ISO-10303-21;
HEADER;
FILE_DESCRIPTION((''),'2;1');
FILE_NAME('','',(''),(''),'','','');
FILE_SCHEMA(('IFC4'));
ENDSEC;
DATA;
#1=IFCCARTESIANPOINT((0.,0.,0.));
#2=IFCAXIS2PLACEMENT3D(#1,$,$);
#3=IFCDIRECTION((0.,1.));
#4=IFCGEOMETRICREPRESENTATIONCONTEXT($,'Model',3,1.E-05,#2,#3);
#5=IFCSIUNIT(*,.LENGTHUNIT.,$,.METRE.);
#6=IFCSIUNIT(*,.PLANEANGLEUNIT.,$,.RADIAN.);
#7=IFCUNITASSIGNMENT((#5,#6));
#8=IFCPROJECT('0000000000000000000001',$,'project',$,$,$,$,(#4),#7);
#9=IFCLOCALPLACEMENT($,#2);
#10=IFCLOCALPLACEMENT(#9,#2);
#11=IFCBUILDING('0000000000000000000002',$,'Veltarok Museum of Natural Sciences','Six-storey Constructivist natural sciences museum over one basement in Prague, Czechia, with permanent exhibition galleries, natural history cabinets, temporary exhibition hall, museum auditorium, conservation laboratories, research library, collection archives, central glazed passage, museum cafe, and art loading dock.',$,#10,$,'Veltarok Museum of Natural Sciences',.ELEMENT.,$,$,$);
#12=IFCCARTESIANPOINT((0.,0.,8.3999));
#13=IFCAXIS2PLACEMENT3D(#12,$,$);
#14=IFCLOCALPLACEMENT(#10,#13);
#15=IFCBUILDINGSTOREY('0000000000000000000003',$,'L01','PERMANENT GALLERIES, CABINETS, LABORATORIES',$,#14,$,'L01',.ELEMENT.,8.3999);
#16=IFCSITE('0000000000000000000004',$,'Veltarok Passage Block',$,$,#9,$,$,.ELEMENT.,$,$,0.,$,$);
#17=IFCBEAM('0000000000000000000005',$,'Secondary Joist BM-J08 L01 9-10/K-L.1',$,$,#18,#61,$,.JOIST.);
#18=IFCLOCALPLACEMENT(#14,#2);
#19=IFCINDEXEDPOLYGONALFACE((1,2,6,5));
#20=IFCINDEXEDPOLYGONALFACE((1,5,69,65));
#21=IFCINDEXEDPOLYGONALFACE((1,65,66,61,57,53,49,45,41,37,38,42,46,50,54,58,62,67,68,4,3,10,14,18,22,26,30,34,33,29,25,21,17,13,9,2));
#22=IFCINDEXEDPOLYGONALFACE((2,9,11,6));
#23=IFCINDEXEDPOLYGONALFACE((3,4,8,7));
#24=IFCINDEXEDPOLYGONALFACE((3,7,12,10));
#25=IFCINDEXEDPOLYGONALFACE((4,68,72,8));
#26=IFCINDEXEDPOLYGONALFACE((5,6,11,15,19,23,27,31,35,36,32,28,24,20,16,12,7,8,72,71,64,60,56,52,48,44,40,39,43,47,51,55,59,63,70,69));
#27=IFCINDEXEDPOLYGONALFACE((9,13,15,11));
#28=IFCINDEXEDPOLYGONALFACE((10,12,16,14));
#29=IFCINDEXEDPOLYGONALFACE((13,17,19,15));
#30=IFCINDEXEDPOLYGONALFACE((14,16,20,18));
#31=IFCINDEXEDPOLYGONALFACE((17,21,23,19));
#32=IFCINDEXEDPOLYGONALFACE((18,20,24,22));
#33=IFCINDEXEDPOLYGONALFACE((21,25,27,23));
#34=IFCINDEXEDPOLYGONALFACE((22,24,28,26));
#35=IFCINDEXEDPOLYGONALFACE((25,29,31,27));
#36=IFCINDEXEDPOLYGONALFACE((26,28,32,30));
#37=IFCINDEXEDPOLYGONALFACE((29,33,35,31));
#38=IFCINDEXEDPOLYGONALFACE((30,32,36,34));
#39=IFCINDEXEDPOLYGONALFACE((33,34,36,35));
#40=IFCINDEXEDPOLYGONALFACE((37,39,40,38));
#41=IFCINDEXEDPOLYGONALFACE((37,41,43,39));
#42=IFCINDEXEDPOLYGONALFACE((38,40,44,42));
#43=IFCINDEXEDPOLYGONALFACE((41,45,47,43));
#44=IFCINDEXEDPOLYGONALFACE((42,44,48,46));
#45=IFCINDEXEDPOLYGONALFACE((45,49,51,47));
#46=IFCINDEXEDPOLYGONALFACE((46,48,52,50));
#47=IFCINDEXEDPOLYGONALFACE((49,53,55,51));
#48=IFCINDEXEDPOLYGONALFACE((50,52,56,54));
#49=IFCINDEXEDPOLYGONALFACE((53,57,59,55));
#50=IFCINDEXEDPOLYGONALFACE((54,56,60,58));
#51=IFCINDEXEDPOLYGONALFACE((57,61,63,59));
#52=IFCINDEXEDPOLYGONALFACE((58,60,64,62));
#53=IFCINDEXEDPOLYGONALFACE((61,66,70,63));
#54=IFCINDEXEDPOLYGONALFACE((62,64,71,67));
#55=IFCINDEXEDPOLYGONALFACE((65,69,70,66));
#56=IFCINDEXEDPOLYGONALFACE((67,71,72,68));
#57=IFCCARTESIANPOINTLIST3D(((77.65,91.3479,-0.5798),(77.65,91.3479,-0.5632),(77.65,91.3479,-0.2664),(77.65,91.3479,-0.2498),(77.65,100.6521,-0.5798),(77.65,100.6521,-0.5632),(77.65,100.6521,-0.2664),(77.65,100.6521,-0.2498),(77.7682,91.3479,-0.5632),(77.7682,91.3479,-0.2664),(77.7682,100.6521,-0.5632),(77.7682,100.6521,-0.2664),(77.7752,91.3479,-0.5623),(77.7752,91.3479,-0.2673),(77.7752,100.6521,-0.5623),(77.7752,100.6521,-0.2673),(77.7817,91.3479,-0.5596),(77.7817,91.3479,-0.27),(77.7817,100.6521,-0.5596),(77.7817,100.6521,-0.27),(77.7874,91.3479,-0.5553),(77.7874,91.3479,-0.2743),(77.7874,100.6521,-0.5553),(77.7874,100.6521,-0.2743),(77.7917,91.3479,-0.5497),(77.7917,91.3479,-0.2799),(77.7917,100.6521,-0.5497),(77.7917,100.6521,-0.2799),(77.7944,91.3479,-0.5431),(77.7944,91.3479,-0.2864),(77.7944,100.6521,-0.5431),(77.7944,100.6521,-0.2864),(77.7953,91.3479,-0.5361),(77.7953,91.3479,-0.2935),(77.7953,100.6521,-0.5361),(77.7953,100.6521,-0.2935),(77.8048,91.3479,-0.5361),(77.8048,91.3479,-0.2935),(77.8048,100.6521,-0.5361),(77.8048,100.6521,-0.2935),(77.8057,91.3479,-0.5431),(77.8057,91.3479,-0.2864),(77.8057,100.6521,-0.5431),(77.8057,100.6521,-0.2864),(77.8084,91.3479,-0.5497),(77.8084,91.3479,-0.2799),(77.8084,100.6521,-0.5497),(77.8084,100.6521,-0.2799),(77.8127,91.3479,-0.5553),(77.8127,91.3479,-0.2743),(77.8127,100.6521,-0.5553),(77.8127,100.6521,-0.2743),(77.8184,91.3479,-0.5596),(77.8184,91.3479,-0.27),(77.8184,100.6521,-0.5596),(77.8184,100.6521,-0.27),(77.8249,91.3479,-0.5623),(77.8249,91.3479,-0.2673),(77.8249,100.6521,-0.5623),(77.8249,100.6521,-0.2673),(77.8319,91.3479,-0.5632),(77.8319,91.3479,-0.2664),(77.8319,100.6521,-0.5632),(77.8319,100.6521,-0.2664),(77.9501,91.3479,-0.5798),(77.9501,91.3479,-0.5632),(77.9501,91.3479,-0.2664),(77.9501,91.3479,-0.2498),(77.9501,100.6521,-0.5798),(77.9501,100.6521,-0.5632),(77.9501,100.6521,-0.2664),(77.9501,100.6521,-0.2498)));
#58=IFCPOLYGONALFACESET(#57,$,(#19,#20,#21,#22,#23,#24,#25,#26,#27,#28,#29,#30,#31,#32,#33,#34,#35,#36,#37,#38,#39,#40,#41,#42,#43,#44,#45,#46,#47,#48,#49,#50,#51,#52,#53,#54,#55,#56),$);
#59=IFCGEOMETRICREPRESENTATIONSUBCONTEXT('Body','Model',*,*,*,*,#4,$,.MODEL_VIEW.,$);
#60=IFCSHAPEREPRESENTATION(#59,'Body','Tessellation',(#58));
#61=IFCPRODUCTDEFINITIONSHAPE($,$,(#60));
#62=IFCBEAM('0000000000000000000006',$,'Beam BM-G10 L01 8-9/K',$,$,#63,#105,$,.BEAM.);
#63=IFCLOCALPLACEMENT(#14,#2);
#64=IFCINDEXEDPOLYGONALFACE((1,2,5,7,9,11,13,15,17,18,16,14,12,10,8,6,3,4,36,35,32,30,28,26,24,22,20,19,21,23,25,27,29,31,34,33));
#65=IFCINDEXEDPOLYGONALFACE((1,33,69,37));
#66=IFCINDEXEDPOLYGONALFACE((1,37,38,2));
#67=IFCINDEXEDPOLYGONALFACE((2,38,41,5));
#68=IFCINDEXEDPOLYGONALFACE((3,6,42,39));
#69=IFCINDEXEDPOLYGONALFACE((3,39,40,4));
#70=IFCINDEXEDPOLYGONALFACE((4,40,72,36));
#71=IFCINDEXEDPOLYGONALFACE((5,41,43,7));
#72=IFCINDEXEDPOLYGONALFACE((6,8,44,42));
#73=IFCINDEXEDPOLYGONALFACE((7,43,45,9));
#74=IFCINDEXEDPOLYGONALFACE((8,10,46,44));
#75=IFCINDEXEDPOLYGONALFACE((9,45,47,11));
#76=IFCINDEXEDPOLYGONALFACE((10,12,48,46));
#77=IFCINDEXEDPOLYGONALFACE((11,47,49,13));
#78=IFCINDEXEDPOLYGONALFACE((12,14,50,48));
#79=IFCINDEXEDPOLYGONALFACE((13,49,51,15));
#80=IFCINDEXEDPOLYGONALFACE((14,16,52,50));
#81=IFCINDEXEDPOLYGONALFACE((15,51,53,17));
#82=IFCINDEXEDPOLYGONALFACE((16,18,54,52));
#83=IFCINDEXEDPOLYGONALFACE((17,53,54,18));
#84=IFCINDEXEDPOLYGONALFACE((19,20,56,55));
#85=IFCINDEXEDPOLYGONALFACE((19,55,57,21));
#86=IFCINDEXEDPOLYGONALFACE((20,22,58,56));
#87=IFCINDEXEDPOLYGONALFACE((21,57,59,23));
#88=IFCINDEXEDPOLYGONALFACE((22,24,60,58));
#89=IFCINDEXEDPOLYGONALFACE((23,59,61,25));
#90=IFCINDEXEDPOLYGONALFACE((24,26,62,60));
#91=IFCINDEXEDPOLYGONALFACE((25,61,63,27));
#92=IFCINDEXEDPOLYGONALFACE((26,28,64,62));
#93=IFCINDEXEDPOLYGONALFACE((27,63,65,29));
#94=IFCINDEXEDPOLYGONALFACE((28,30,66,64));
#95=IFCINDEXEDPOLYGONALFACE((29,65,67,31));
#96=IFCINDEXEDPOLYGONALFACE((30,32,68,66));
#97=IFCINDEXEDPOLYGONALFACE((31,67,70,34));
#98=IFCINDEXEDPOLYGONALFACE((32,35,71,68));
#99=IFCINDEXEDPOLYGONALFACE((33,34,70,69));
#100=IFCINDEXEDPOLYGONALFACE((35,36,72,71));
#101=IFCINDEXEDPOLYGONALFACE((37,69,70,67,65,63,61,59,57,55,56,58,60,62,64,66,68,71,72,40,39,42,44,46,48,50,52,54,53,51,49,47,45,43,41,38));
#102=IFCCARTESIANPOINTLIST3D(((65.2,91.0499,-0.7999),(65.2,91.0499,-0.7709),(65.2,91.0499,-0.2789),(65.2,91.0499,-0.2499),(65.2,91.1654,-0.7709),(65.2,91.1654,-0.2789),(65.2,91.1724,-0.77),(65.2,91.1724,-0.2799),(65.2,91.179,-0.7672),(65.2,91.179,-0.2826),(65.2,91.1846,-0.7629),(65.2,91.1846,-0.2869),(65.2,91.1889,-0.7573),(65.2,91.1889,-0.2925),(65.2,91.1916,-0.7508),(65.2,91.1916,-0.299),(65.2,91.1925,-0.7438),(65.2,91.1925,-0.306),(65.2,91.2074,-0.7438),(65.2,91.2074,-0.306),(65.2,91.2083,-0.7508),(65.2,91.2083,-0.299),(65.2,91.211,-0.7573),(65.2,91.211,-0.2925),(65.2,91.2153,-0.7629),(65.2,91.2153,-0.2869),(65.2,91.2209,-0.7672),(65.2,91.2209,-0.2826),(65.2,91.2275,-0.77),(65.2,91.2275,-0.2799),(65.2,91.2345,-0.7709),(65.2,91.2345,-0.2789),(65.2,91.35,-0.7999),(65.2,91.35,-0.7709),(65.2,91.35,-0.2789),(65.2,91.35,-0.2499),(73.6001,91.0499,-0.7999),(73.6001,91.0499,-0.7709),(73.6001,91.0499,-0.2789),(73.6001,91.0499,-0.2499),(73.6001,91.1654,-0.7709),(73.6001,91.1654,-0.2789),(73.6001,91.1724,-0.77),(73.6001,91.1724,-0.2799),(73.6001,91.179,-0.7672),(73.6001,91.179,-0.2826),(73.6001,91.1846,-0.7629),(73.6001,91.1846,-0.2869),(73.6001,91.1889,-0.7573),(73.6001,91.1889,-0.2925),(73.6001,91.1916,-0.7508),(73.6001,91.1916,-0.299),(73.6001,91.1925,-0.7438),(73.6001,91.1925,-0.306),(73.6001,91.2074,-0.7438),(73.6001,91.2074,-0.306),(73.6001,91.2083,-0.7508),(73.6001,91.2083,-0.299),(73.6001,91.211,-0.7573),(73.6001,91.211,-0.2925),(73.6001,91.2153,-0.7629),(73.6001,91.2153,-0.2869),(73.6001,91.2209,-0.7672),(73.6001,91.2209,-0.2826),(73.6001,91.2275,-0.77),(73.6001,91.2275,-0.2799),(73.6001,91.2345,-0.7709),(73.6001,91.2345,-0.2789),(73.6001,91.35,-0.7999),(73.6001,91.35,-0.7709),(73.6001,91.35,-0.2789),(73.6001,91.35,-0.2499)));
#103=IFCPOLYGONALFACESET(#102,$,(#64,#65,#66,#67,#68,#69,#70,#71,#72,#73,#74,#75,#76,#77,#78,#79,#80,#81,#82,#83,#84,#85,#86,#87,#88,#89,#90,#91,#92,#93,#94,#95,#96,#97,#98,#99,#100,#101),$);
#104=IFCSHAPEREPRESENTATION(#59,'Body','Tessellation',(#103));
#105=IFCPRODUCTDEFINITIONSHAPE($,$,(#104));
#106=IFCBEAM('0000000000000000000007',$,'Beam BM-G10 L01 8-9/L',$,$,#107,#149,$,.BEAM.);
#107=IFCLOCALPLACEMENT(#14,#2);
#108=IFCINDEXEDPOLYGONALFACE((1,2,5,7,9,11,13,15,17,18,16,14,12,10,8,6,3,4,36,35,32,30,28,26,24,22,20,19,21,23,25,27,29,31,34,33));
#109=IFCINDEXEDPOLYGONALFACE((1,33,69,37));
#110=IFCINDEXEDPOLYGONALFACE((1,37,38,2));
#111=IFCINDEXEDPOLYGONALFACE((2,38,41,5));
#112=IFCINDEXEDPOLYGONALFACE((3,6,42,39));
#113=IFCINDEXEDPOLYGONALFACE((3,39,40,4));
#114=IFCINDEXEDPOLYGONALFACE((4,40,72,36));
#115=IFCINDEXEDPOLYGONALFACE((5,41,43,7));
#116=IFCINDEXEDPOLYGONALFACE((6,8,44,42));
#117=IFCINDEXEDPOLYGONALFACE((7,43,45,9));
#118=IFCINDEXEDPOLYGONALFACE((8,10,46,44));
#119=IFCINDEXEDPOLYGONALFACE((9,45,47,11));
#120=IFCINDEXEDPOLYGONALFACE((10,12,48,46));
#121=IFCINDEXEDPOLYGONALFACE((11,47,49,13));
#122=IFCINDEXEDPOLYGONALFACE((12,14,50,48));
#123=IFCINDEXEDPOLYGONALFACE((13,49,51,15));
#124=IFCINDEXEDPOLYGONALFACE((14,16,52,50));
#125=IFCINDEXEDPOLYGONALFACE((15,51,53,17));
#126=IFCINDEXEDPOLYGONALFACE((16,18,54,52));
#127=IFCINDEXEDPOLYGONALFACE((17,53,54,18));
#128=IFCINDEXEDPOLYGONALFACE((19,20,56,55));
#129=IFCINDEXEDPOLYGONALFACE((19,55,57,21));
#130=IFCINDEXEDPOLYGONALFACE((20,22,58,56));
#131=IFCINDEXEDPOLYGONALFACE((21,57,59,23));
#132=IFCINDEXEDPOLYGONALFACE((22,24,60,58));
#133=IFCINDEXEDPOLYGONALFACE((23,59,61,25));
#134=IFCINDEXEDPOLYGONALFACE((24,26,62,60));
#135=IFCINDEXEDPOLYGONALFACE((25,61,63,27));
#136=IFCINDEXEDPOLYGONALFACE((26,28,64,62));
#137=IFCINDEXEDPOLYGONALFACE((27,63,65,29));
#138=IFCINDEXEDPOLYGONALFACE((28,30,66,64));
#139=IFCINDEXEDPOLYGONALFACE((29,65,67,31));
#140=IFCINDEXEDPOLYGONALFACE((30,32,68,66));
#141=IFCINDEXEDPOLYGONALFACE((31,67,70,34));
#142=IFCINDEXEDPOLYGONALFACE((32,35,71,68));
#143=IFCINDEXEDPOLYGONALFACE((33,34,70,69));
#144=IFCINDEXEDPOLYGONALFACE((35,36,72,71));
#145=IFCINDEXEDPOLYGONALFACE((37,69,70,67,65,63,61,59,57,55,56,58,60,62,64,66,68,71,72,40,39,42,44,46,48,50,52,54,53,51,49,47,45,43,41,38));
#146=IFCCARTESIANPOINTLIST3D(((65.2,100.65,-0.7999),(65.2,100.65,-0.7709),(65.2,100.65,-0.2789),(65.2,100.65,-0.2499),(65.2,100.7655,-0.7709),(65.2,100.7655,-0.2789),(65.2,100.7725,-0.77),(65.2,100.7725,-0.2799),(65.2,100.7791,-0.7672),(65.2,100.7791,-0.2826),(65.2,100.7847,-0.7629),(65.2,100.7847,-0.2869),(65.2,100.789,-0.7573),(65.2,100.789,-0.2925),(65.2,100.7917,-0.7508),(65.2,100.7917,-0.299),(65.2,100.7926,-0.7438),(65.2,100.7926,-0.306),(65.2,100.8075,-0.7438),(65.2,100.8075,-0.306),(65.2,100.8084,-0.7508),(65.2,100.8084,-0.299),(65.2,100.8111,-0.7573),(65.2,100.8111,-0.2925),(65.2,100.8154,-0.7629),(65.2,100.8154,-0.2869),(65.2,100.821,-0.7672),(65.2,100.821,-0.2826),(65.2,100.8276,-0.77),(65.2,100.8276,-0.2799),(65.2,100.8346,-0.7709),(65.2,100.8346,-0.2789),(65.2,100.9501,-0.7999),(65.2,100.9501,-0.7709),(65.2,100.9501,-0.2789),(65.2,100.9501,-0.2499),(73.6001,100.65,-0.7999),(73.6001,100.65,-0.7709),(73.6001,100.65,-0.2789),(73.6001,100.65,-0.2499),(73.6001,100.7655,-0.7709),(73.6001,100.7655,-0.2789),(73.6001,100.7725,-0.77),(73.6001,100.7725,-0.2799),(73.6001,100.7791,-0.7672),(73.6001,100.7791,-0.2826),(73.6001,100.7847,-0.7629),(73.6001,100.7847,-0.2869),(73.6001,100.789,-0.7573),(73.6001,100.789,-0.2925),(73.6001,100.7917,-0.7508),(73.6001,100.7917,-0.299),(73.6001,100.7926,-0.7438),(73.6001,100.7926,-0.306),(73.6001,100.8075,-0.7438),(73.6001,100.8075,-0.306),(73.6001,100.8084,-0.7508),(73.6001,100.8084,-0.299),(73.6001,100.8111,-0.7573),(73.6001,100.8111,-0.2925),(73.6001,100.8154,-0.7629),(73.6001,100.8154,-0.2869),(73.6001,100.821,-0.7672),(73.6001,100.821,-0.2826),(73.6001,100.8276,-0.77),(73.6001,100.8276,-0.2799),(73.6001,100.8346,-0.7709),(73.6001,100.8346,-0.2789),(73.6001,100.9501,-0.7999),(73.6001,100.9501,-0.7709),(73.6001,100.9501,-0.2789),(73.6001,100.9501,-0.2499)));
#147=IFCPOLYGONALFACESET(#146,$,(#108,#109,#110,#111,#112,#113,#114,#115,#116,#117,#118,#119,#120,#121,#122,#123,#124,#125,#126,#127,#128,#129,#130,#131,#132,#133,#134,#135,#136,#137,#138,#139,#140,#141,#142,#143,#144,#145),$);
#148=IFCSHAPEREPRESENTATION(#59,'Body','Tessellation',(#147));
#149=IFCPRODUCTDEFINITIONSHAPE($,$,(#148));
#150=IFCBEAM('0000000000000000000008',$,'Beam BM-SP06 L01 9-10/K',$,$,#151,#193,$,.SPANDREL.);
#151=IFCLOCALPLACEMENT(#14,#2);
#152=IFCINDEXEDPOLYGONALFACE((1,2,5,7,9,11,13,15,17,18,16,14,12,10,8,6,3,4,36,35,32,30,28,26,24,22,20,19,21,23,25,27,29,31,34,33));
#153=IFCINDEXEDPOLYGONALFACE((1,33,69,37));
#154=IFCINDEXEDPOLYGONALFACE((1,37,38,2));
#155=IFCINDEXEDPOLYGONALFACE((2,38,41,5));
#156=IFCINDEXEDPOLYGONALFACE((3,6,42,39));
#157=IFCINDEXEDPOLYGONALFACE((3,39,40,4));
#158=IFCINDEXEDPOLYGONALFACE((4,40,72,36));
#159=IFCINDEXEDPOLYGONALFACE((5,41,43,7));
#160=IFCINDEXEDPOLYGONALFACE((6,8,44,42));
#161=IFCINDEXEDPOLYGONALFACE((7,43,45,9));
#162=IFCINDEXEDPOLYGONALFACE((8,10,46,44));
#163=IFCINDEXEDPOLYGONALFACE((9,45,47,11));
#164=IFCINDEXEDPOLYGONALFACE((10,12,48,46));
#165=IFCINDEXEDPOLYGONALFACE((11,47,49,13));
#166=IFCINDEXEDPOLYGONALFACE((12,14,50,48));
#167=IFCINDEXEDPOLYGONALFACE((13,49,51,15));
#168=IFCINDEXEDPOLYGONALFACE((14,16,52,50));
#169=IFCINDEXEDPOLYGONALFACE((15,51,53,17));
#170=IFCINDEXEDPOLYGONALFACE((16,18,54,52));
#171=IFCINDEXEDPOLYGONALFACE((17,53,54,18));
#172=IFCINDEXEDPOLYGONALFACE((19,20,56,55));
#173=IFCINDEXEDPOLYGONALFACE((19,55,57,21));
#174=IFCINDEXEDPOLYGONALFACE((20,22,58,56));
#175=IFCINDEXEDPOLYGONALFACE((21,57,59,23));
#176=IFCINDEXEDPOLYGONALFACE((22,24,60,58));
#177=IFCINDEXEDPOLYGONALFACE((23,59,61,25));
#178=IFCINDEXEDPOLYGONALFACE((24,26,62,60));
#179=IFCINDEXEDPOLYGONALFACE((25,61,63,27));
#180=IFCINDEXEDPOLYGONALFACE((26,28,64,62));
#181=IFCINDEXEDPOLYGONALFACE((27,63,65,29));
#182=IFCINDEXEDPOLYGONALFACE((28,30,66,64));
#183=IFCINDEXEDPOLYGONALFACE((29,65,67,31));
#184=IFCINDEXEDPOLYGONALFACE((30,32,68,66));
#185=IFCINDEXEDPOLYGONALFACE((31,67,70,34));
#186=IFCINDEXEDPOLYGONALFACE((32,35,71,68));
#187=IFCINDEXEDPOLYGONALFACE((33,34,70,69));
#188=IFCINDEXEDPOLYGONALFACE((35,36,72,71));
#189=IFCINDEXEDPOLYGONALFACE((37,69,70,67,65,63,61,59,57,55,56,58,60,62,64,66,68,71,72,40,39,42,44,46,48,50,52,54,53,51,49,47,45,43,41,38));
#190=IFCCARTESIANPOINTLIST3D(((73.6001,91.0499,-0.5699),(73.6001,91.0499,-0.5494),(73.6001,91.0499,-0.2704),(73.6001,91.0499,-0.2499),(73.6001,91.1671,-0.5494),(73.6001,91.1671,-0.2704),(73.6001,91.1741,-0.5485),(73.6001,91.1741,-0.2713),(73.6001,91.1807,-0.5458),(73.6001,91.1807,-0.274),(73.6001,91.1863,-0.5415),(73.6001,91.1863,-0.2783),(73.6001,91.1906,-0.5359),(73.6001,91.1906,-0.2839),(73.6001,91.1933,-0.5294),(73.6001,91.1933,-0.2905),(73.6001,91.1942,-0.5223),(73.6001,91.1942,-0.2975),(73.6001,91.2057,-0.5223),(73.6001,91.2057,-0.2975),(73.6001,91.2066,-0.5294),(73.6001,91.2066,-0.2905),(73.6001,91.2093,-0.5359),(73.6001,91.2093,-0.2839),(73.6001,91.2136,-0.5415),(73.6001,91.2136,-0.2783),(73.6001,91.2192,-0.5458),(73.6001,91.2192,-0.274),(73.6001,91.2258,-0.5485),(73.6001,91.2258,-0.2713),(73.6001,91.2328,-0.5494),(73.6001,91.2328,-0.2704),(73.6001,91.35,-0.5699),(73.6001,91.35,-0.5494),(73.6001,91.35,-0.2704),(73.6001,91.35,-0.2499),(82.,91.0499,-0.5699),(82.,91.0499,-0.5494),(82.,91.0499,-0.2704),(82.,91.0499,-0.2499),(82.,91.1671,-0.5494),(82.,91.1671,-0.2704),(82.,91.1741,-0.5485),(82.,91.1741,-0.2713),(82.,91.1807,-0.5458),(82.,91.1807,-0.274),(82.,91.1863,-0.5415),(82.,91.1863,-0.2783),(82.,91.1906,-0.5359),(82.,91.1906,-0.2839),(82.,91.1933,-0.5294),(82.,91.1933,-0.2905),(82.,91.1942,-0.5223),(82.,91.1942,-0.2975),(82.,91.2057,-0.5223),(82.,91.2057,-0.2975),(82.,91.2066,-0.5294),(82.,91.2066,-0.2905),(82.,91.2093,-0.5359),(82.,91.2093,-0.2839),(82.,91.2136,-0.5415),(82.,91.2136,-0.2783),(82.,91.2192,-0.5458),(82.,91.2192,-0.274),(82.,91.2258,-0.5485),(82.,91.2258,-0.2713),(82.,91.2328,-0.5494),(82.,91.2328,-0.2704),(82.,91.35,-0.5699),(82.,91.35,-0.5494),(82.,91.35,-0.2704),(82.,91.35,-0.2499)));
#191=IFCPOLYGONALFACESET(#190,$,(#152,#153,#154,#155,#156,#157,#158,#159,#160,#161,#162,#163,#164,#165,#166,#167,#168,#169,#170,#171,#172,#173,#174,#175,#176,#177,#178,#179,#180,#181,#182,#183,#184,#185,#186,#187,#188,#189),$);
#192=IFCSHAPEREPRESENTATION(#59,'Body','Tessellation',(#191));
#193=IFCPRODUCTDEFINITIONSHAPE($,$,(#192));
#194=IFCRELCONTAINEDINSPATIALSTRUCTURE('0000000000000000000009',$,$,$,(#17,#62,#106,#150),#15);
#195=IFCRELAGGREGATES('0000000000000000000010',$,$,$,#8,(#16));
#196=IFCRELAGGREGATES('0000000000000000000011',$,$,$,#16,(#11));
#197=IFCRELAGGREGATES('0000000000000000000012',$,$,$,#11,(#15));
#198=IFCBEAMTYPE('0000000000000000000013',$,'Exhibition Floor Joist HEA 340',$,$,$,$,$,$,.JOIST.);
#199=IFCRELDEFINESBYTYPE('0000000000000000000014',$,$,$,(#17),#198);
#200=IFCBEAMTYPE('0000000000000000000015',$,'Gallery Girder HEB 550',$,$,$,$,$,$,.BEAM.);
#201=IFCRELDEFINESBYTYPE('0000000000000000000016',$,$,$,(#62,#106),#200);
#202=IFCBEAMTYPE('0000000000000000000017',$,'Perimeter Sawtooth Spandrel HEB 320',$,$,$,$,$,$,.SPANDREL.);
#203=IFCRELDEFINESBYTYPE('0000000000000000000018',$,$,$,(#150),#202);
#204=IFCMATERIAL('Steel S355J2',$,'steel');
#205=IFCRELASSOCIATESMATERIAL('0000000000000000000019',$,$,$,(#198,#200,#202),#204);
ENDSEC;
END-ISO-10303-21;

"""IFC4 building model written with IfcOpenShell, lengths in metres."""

from ifc_helpers import new_model, si_unit, direction, frame, origin, origin_2d, place, context, subcontext, project, spatial, i_section, extrude, material, material_profile, profile_set, type_object, element, save


model = new_model("IFC4")

# Units and contexts
model_context = context("Model", 3, precision=1e-05, world=origin(), true_north=direction((0.0, 1.0)))
body_context = subcontext(model_context, "Body", "Model", "MODEL_VIEW")
ifc_project = project(units=[si_unit("LENGTHUNIT", "METRE"), si_unit("PLANEANGLEUNIT", "RADIAN")], contexts=[model_context])

# Site, building, storey
site_placement = place(None, origin())
site = spatial("IfcSite", under=ifc_project, at=site_placement, Name="Veltarok Passage Block", CompositionType="ELEMENT", RefElevation=0.0)
building_placement = place(site_placement, origin())
building = spatial("IfcBuilding", under=site, at=building_placement, Name="Veltarok Museum of Natural Sciences", Description="Six-storey Constructivist natural sciences museum over one basement in Prague, Czechia, with permanent exhibition galleries, natural history cabinets, temporary exhibition hall, museum auditorium, conservation laboratories, research library, collection archives, central glazed passage, museum cafe, and art loading dock.", LongName="Veltarok Museum of Natural Sciences", CompositionType="ELEMENT")
storey_placement = place(building_placement, frame((0.0, 0.0, 8.3999)))
storey = spatial("IfcBuildingStorey", under=building, at=storey_placement, Name="L01", Description="PERMANENT GALLERIES, CABINETS, LABORATORIES", LongName="L01", CompositionType="ELEMENT", Elevation=8.3999)

# Shared definitions
ifc_material_1 = material(Name="Steel S355J2", Category="steel")

# Beams
ifc_material_profile_1 = material_profile(ifc_material_1, i_section(OverallWidth=0.3, OverallDepth=0.3301, WebThickness=0.0095, FlangeThickness=0.0166, FilletRadius=0.0271, at=origin_2d()), Name="HEA 340")
ifc_profile_set_1 = profile_set([ifc_material_profile_1], Name="Steel S355J2")
beam_type_1 = type_object("IfcBeamType", Name="Exhibition Floor Joist HEA 340", PredefinedType="JOIST", material=ifc_profile_set_1)
for number, where, z_axis, x_axis, name in (
    (1, (77.8, 91.3479, -0.4148), (0.0, 1.0, 0.0), (-1.0, 0.0, 0.0), "Secondary Joist BM-J08 L01 9-10/K-L.1"),
):
    element("IfcBeam", number, at=place(storey_placement, frame(where, z_axis=z_axis, x_axis=x_axis)), inside=storey, type_object=beam_type_1, Name=name, PredefinedType="JOIST", context=body_context, shape_type="SweptSolid", body=[
        extrude(i_section(OverallWidth=0.3, OverallDepth=0.3301, WebThickness=0.0095, FlangeThickness=0.0166, FilletRadius=0.0271, at=origin_2d()), origin(), (0.0, 0.0, 1.0), 9.3042),
    ])
ifc_material_profile_2 = material_profile(ifc_material_1, i_section(OverallWidth=0.3, OverallDepth=0.55, WebThickness=0.0149, FlangeThickness=0.0291, FilletRadius=0.0271, at=origin_2d()), Name="HEB 550")
ifc_profile_set_2 = profile_set([ifc_material_profile_2], Name="Steel S355J2")
beam_type_2 = type_object("IfcBeamType", Name="Gallery Girder HEB 550", PredefinedType="BEAM", material=ifc_profile_set_2)
for number, where, z_axis, x_axis, name in (
    (2, (65.2, 91.2, -0.5249), (1.0, 0.0, 0.0), (0.0, 1.0, 0.0), "Beam BM-G10 L01 8-9/K"),
    (3, (65.2, 100.8, -0.5249), (1.0, 0.0, 0.0), (0.0, 1.0, 0.0), "Beam BM-G10 L01 8-9/L"),
):
    element("IfcBeam", number, at=place(storey_placement, frame(where, z_axis=z_axis, x_axis=x_axis)), inside=storey, type_object=beam_type_2, Name=name, PredefinedType="BEAM", context=body_context, shape_type="SweptSolid", body=[
        extrude(i_section(OverallWidth=0.3, OverallDepth=0.55, WebThickness=0.0149, FlangeThickness=0.0291, FilletRadius=0.0271, at=origin_2d()), origin(), (0.0, 0.0, 1.0), 8.4001),
    ])
ifc_material_profile_3 = material_profile(ifc_material_1, i_section(OverallWidth=0.3, OverallDepth=0.3201, WebThickness=0.0115, FlangeThickness=0.0205, FilletRadius=0.0271, at=origin_2d()), Name="HEB 320")
ifc_profile_set_3 = profile_set([ifc_material_profile_3], Name="Steel S355J2")
beam_type_3 = type_object("IfcBeamType", Name="Perimeter Sawtooth Spandrel HEB 320", PredefinedType="SPANDREL", material=ifc_profile_set_3)
for number, where, z_axis, x_axis, name in (
    (4, (73.6001, 91.2, -0.4099), (1.0, 0.0, 0.0), (0.0, 1.0, 0.0), "Beam BM-SP06 L01 9-10/K"),
):
    element("IfcBeam", number, at=place(storey_placement, frame(where, z_axis=z_axis, x_axis=x_axis)), inside=storey, type_object=beam_type_3, Name=name, PredefinedType="SPANDREL", context=body_context, shape_type="SweptSolid", body=[
        extrude(i_section(OverallWidth=0.3, OverallDepth=0.3201, WebThickness=0.0115, FlangeThickness=0.0205, FilletRadius=0.0271, at=origin_2d()), origin(), (0.0, 0.0, 1.0), 8.3999),
    ])

save(model, "model.ifc")
